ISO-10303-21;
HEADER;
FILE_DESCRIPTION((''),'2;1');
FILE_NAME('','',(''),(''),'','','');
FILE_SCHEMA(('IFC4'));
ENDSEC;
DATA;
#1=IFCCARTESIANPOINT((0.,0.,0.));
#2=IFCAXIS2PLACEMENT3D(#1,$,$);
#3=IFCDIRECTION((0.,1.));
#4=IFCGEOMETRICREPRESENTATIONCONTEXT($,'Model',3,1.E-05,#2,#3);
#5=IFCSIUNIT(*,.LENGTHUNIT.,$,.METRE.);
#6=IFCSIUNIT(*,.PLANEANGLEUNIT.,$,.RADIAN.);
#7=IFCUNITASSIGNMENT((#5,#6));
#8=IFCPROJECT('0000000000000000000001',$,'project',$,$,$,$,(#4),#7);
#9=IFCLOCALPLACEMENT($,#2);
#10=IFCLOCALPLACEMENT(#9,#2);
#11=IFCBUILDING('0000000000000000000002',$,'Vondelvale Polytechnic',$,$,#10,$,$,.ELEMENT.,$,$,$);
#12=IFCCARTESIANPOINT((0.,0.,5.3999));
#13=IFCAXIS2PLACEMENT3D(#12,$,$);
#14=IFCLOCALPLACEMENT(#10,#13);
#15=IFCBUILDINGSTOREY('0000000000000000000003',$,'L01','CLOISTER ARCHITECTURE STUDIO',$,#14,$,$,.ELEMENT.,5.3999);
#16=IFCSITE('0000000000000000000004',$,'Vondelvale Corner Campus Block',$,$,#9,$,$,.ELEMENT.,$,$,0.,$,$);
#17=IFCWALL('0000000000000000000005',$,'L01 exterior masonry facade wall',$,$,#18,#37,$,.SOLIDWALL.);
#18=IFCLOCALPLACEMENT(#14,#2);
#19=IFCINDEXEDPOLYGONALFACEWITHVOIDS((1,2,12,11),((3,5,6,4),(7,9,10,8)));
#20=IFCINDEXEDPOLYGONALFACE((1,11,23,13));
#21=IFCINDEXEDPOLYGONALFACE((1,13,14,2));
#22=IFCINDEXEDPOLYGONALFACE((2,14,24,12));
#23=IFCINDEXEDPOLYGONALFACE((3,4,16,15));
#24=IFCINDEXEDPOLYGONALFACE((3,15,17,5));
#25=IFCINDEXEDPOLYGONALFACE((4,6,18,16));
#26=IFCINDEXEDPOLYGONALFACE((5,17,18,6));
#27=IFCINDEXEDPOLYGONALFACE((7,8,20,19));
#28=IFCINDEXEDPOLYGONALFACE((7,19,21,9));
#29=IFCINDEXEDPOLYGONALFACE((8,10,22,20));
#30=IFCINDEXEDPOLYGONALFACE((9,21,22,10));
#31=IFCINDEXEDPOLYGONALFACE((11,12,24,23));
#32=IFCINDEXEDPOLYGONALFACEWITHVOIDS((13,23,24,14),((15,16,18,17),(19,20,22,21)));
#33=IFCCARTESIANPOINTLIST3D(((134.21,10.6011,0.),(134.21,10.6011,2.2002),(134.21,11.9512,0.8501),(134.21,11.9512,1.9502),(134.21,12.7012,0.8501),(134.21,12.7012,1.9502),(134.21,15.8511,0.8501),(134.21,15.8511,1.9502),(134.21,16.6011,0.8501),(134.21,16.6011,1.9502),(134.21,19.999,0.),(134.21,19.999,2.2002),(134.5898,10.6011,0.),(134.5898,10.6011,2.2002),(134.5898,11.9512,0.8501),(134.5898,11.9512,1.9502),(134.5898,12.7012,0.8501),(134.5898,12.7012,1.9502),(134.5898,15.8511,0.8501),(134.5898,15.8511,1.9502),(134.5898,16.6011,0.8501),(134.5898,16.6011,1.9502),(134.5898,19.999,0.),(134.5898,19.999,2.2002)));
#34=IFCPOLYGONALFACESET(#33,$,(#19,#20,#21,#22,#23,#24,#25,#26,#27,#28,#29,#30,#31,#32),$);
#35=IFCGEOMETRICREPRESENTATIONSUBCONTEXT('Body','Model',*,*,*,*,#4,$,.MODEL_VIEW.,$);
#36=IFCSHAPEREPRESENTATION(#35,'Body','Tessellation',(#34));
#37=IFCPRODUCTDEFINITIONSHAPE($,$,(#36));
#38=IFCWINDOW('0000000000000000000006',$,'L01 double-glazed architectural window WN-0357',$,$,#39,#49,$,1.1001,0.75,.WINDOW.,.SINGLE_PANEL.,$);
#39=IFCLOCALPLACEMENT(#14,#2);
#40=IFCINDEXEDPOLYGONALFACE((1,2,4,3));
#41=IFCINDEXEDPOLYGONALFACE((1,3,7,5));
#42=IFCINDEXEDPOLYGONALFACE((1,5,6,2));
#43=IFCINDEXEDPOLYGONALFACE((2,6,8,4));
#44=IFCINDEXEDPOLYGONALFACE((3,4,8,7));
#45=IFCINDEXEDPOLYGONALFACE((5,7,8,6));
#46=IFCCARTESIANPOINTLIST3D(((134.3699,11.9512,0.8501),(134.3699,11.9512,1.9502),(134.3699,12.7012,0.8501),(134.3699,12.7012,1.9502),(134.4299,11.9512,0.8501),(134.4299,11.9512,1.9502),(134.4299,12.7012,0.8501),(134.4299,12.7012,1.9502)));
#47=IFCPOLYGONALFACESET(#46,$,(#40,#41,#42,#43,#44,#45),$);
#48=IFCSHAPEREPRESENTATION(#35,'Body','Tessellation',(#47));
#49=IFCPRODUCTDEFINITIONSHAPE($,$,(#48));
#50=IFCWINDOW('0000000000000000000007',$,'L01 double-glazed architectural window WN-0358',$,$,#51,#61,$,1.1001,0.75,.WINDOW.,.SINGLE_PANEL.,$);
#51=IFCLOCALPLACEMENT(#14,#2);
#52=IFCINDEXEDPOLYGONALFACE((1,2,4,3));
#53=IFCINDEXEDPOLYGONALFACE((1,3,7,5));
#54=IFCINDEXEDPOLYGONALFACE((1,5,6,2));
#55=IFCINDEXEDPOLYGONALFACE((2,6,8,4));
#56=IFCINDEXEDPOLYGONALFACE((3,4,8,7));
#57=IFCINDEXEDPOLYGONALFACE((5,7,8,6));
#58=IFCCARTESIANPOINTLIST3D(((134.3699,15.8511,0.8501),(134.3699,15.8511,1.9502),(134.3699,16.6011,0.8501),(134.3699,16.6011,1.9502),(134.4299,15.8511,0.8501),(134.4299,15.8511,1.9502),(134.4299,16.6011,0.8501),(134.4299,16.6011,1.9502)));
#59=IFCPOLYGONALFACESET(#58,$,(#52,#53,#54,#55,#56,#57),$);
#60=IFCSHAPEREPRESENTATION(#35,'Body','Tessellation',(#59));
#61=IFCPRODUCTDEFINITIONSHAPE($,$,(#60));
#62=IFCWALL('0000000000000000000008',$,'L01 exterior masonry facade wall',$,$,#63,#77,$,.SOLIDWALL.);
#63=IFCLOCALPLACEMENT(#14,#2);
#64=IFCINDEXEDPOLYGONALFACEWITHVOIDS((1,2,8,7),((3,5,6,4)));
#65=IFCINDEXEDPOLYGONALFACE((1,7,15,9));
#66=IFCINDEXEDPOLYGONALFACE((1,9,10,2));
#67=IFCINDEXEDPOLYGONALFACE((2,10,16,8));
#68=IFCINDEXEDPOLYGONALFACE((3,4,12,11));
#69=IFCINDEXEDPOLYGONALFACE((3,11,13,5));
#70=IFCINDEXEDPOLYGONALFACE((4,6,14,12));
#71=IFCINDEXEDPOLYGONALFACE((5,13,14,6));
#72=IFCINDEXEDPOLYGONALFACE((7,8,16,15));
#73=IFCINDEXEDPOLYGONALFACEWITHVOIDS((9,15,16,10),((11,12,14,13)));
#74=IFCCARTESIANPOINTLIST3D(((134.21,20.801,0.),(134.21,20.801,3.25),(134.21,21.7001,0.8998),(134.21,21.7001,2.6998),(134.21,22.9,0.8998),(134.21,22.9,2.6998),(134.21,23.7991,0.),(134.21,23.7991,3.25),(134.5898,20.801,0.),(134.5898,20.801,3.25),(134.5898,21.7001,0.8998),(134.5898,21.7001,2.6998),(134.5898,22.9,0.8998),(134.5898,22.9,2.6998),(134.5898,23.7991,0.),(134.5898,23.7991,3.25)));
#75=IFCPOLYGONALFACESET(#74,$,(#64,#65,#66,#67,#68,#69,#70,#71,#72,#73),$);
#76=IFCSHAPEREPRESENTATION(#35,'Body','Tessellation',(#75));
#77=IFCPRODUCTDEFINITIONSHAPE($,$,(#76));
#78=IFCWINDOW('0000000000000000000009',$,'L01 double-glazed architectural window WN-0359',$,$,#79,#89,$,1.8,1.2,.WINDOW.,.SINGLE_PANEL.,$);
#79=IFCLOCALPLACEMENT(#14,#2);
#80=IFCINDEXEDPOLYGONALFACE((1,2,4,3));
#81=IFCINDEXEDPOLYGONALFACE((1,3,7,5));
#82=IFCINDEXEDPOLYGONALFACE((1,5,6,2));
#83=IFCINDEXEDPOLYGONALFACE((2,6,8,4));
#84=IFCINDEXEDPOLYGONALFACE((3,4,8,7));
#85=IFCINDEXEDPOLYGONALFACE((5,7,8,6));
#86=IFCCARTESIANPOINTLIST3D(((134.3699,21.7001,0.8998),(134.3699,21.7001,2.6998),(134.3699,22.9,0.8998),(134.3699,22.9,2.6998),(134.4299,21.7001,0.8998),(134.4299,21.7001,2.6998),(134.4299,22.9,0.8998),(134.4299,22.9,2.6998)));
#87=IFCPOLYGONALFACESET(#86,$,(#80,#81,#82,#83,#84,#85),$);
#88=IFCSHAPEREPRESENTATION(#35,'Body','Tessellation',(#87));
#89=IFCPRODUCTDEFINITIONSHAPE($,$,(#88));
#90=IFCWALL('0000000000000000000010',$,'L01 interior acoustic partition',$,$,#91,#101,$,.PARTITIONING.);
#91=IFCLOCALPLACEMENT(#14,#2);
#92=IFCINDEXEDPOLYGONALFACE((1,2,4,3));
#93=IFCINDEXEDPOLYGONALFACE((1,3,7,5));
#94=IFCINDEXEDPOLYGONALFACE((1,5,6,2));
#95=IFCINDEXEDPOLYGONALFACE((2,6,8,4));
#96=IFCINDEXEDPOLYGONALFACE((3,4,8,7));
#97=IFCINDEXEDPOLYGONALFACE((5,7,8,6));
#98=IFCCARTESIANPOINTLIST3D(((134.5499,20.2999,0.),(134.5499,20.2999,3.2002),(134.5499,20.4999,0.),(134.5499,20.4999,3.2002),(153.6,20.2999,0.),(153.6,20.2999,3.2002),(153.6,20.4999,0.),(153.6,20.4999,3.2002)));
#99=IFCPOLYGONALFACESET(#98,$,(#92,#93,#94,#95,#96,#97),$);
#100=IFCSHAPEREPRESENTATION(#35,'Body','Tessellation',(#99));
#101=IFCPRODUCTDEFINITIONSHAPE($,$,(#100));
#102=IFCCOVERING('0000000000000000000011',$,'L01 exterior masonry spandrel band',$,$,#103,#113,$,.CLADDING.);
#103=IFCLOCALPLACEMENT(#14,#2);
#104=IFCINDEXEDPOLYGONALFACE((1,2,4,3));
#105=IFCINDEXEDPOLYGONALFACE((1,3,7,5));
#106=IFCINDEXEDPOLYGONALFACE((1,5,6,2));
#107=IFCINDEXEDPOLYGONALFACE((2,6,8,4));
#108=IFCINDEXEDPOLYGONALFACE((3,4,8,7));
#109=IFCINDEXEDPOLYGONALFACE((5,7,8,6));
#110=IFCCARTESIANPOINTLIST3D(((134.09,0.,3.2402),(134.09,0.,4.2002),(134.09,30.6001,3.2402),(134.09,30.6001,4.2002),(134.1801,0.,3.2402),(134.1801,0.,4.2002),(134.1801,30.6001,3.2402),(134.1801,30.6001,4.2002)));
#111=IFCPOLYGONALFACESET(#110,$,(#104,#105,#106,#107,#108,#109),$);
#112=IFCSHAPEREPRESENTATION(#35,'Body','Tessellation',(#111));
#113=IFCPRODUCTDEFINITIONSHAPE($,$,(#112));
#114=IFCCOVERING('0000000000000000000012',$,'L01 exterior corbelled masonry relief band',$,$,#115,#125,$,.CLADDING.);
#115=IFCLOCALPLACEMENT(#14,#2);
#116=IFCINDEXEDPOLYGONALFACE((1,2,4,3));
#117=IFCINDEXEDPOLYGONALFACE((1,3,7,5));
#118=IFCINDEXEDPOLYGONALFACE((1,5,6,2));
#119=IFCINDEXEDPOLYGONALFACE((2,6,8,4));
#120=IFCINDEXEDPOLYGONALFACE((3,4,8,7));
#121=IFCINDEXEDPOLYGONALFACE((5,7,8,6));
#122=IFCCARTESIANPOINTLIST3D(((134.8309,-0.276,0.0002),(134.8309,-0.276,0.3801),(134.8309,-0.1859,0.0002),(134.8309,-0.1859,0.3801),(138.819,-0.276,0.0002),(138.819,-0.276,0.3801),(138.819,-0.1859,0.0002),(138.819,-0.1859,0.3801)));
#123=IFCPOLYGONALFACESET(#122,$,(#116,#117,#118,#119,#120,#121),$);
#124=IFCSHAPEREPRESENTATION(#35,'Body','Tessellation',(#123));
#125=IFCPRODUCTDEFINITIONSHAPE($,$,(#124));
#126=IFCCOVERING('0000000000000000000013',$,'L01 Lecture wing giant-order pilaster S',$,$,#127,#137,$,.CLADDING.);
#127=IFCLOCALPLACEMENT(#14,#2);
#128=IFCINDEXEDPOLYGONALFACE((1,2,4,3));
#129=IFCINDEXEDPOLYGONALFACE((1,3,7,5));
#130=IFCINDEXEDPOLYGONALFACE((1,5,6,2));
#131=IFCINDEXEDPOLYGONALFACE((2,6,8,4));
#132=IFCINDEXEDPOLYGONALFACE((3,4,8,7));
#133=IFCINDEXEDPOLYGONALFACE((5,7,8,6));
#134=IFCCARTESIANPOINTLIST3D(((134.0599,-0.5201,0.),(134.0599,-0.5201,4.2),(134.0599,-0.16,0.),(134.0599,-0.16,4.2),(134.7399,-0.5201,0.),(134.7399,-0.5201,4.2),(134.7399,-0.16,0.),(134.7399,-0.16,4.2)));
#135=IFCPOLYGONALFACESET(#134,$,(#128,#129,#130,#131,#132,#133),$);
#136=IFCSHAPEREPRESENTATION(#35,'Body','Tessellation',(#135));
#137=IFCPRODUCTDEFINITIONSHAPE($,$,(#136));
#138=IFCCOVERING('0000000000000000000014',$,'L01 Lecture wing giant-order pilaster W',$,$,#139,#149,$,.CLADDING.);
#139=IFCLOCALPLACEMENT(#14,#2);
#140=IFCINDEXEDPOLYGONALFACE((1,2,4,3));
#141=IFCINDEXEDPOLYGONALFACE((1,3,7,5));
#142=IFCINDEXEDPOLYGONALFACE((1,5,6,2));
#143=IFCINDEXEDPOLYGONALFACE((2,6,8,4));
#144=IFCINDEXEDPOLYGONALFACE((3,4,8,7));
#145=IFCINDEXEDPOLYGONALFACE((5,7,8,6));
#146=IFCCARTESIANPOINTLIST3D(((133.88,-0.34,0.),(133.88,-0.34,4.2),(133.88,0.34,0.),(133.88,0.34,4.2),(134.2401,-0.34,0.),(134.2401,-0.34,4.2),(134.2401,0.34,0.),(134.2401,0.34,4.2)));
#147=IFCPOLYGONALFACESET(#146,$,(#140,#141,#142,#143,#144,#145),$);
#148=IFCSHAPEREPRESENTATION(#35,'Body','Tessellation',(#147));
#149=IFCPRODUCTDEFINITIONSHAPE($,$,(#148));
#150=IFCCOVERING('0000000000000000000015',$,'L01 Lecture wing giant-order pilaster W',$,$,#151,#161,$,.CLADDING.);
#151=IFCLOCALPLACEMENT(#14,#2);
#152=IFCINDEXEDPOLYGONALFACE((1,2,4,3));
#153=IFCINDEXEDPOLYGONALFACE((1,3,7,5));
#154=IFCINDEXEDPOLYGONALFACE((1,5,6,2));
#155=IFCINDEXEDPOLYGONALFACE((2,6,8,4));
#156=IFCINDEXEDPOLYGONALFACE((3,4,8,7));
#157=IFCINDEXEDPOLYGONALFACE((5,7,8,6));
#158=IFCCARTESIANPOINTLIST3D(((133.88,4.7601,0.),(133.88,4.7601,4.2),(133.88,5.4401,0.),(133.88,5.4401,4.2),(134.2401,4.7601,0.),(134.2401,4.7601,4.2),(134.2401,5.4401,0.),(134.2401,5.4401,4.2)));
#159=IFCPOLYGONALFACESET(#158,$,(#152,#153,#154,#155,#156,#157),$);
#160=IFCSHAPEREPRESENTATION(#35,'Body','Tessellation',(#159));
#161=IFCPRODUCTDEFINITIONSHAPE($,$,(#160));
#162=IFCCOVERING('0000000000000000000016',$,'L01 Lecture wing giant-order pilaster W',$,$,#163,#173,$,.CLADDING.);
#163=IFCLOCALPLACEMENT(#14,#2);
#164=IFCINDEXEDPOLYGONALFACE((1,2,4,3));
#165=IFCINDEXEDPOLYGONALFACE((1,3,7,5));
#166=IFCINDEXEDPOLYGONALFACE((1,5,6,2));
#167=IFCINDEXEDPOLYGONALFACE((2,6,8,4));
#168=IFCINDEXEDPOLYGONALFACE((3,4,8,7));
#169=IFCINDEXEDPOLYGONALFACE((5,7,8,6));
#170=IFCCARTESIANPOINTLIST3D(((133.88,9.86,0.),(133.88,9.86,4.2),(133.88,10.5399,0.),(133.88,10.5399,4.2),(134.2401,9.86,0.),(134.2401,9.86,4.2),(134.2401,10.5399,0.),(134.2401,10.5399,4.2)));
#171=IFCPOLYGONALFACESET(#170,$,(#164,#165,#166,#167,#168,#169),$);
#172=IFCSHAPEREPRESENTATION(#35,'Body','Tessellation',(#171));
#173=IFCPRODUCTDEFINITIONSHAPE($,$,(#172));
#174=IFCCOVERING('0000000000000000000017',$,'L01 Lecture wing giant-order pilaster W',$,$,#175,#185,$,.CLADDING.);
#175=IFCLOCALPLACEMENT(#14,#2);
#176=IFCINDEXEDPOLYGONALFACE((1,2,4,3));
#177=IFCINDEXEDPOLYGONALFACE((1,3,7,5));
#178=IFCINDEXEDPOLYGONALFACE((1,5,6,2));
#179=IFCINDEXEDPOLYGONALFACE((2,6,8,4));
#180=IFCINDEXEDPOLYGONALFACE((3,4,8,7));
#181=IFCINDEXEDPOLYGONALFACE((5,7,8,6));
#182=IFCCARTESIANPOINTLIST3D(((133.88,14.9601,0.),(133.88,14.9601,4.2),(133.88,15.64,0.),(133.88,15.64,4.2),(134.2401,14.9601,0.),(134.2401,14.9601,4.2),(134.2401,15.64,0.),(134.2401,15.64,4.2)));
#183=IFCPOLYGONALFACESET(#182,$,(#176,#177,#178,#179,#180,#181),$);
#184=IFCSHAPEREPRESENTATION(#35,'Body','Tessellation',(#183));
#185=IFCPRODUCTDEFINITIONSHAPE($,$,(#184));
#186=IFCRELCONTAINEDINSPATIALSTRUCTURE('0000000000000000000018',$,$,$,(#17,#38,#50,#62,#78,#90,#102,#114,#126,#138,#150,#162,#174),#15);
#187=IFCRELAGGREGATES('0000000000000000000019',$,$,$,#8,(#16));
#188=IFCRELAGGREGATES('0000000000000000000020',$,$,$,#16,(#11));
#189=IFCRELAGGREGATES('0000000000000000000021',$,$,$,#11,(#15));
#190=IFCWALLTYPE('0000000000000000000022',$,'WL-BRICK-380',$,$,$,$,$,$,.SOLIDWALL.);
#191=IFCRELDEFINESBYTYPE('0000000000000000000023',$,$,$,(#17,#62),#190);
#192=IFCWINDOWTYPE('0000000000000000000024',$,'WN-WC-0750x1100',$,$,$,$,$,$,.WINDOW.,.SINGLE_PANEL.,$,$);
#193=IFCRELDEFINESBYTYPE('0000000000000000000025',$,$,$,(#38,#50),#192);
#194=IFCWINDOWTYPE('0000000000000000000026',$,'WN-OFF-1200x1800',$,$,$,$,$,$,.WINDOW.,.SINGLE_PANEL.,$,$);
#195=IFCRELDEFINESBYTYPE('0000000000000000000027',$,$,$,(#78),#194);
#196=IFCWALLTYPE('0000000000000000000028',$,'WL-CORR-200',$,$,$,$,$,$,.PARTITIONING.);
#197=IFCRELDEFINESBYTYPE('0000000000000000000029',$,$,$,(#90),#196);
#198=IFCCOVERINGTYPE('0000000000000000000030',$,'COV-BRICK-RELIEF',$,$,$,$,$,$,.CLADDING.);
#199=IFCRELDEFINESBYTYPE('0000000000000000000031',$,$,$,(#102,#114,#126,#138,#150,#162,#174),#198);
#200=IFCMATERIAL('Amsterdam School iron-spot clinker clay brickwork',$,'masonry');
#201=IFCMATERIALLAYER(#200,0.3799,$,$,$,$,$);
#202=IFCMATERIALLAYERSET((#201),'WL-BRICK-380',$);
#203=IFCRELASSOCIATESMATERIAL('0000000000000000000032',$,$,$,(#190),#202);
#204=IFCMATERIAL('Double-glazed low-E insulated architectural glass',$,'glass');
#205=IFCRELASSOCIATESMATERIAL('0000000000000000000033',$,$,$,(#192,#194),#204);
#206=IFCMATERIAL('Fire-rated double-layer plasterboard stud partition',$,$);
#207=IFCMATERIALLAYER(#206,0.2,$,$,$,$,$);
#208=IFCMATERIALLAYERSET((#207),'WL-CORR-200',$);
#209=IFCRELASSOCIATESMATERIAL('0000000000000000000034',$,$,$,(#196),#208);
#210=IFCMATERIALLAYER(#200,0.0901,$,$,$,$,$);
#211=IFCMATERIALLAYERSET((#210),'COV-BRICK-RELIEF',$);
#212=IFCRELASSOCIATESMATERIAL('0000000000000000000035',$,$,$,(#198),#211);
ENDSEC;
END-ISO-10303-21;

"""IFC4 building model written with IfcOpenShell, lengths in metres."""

from ifc_helpers import new_model, si_unit, direction, frame, frame_2d, origin, origin_2d, place, context, subcontext, project, spatial, rectangle, extrude, material, layer, layer_set, type_object, element, fill, save


model = new_model("IFC4")

# Units and contexts
model_context = context("Model", 3, precision=1e-05, world=origin(), true_north=direction((0.0, 1.0)))
body_context = subcontext(model_context, "Body", "Model", "MODEL_VIEW")
ifc_project = project(units=[si_unit("LENGTHUNIT", "METRE"), si_unit("PLANEANGLEUNIT", "RADIAN")], contexts=[model_context])

# Site, building, storey
site_placement = place(None, origin())
site = spatial("IfcSite", under=ifc_project, at=site_placement, Name="Vondelvale Corner Campus Block", CompositionType="ELEMENT", RefElevation=0.0)
building_placement = place(site_placement, origin())
building = spatial("IfcBuilding", under=site, at=building_placement, Name="Vondelvale Polytechnic", CompositionType="ELEMENT")
storey_placement = place(building_placement, frame((0.0, 0.0, 5.3999)))
storey = spatial("IfcBuildingStorey", under=building, at=storey_placement, Name="L01", Description="CLOISTER ARCHITECTURE STUDIO", CompositionType="ELEMENT", Elevation=5.3999)

# Wall, openings, windows
ifc_material_1 = material(Name="Amsterdam School iron-spot clinker clay brickwork", Category="masonry")
ifc_layer_1 = layer(ifc_material_1, 0.3799)
ifc_layer_set_1 = layer_set([ifc_layer_1], Name="WL-BRICK-380")
wall_type_1 = type_object("IfcWallType", Name="WL-BRICK-380", PredefinedType="SOLIDWALL", material=ifc_layer_set_1)
ifc_material_2 = material(Name="Double-glazed low-E insulated architectural glass", Category="glass")
window_type_1 = type_object("IfcWindowType", Name="WN-WC-0750x1100", PartitioningType="SINGLE_PANEL", PredefinedType="WINDOW", material=ifc_material_2)
wall_1_placement = place(storey_placement, frame((134.3999, 10.6011, 0.0), z_axis=(0.0, 0.0, 1.0), x_axis=(0.0, 1.0, 0.0)))
wall_1 = element("IfcWall", 1, at=wall_1_placement, inside=storey, type_object=wall_type_1, Name="L01 exterior masonry facade wall", PredefinedType="SOLIDWALL", context=body_context, shape_type="SweptSolid", body=[
    extrude(rectangle(XDim=9.3979, YDim=0.3799, at=frame_2d((4.699, 0.0))), origin(), (0.0, 0.0, 1.0), 2.2002),
])
opening_1_placement = place(wall_1_placement, frame((1.3501, 0.0, 0.8501)))
opening_1 = element("IfcOpeningElement", 2, at=opening_1_placement, cuts=wall_1, PredefinedType="OPENING", context=body_context, shape_type="SweptSolid", body=[
    extrude(rectangle(XDim=0.75, YDim=1.1001, at=frame_2d((0.375, 0.55))), frame((0.0, 0.2, 0.0), z_axis=(0.0, -1.0, 0.0), x_axis=(1.0, 0.0, 0.0)), (0.0, 0.0, 1.0), 0.3999),
])
opening_2_placement = place(wall_1_placement, frame((5.25, 0.0, 0.8501)))
opening_2 = element("IfcOpeningElement", 3, at=opening_2_placement, cuts=wall_1, PredefinedType="OPENING", context=body_context, shape_type="SweptSolid", body=[
    extrude(rectangle(XDim=0.75, YDim=1.1001, at=frame_2d((0.375, 0.55))), frame((0.0, 0.2, 0.0), z_axis=(0.0, -1.0, 0.0), x_axis=(1.0, 0.0, 0.0)), (0.0, 0.0, 1.0), 0.3999),
])
window_1_placement = place(opening_1_placement, origin())
window_1 = element("IfcWindow", 4, at=window_1_placement, inside=storey, type_object=window_type_1, Name="L01 double-glazed architectural window WN-0357", OverallHeight=1.1001, OverallWidth=0.75, PartitioningType="SINGLE_PANEL", PredefinedType="WINDOW", context=body_context, shape_type="SweptSolid", body=[
    extrude(rectangle(XDim=0.75, YDim=1.1001, at=frame_2d((0.375, 0.55))), frame((0.0, 0.03, 0.0), z_axis=(0.0, -1.0, 0.0), x_axis=(1.0, 0.0, 0.0)), (0.0, 0.0, 1.0), 0.0601),
])
fill(opening_1, window_1)
window_2_placement = place(opening_2_placement, origin())
window_2 = element("IfcWindow", 5, at=window_2_placement, inside=storey, type_object=window_type_1, Name="L01 double-glazed architectural window WN-0358", OverallHeight=1.1001, OverallWidth=0.75, PartitioningType="SINGLE_PANEL", PredefinedType="WINDOW", context=body_context, shape_type="SweptSolid", body=[
    extrude(rectangle(XDim=0.75, YDim=1.1001, at=frame_2d((0.375, 0.55))), frame((0.0, 0.03, 0.0), z_axis=(0.0, -1.0, 0.0), x_axis=(1.0, 0.0, 0.0)), (0.0, 0.0, 1.0), 0.0601),
])
fill(opening_2, window_2)

# Wall, opening, window
wall_2_placement = place(storey_placement, frame((134.3999, 20.801, 0.0), z_axis=(0.0, 0.0, 1.0), x_axis=(0.0, 1.0, 0.0)))
wall_2 = element("IfcWall", 6, at=wall_2_placement, inside=storey, type_object=wall_type_1, Name="L01 exterior masonry facade wall", PredefinedType="SOLIDWALL", context=body_context, shape_type="SweptSolid", body=[
    extrude(rectangle(XDim=2.998, YDim=0.3799, at=frame_2d((1.499, 0.0))), origin(), (0.0, 0.0, 1.0), 3.25),
])
opening_3_placement = place(wall_2_placement, frame((0.8989, 0.0, 0.8999)))
opening_3 = element("IfcOpeningElement", 7, at=opening_3_placement, cuts=wall_2, PredefinedType="OPENING", context=body_context, shape_type="SweptSolid", body=[
    extrude(rectangle(XDim=1.2, YDim=1.8, at=frame_2d((0.6001, 0.8999))), frame((0.0, 0.2, 0.0), z_axis=(0.0, -1.0, 0.0), x_axis=(1.0, 0.0, 0.0)), (0.0, 0.0, 1.0), 0.3999),
])
window_type_2 = type_object("IfcWindowType", Name="WN-OFF-1200x1800", PartitioningType="SINGLE_PANEL", PredefinedType="WINDOW", material=ifc_material_2)
window_3_placement = place(opening_3_placement, origin())
window_3 = element("IfcWindow", 8, at=window_3_placement, inside=storey, type_object=window_type_2, Name="L01 double-glazed architectural window WN-0359", OverallHeight=1.8, OverallWidth=1.2, PartitioningType="SINGLE_PANEL", PredefinedType="WINDOW", context=body_context, shape_type="SweptSolid", body=[
    extrude(rectangle(XDim=1.2, YDim=1.8, at=frame_2d((0.6001, 0.8999))), frame((0.0, 0.03, 0.0), z_axis=(0.0, -1.0, 0.0), x_axis=(1.0, 0.0, 0.0)), (0.0, 0.0, 1.0), 0.0601),
])
fill(opening_3, window_3)

# Wall
ifc_material_3 = material(Name="Fire-rated double-layer plasterboard stud partition")
ifc_layer_2 = layer(ifc_material_3, 0.2)
ifc_layer_set_2 = layer_set([ifc_layer_2], Name="WL-CORR-200")
wall_type_2 = type_object("IfcWallType", Name="WL-CORR-200", PredefinedType="PARTITIONING", material=ifc_layer_set_2)
wall_3_placement = place(storey_placement, frame((134.55, 20.3999, 0.0), z_axis=(0.0, 0.0, 1.0), x_axis=(1.0, 0.0, 0.0)))
element("IfcWall", 9, at=wall_3_placement, inside=storey, type_object=wall_type_2, Name="L01 interior acoustic partition", PredefinedType="PARTITIONING", context=body_context, shape_type="SweptSolid", body=[
    extrude(rectangle(XDim=19.05, YDim=0.2, at=frame_2d((9.5249, 0.0))), origin(), (0.0, 0.0, 1.0), 3.2002),
])

# Coverings
ifc_layer_3 = layer(ifc_material_1, 0.0901)
ifc_layer_set_3 = layer_set([ifc_layer_3], Name="COV-BRICK-RELIEF")
covering_type = type_object("IfcCoveringType", Name="COV-BRICK-RELIEF", PredefinedType="CLADDING", material=ifc_layer_set_3)
covering_1_placement = place(storey_placement, frame((134.135, 15.3, 3.2402), z_axis=(0.0, 0.0, 1.0), x_axis=(0.0, 1.0, 0.0)))
element("IfcCovering", 10, at=covering_1_placement, inside=storey, type_object=covering_type, Name="L01 exterior masonry spandrel band", PredefinedType="CLADDING", context=body_context, shape_type="SweptSolid", body=[
    extrude(rectangle(XDim=30.6001, YDim=0.0901, at=origin_2d()), origin(), (0.0, 0.0, 1.0), 0.96),
])
covering_2_placement = place(storey_placement, frame((136.825, -0.231, 0.0002), z_axis=(0.0, 0.0, 1.0), x_axis=(-1.0, 0.0, 0.0)))
element("IfcCovering", 11, at=covering_2_placement, inside=storey, type_object=covering_type, Name="L01 exterior corbelled masonry relief band", PredefinedType="CLADDING", context=body_context, shape_type="SweptSolid", body=[
    extrude(rectangle(XDim=3.988, YDim=0.0901, at=origin_2d()), origin(), (0.0, 0.0, 1.0), 0.3799),
])
covering_3_placement = place(storey_placement, frame((134.3999, -0.3401, 0.0), z_axis=(0.0, 0.0, 1.0), x_axis=(1.0, 0.0, 0.0)))
element("IfcCovering", 12, at=covering_3_placement, inside=storey, type_object=covering_type, Name="L01 Lecture wing giant-order pilaster S", PredefinedType="CLADDING", context=body_context, shape_type="SweptSolid", body=[
    extrude(rectangle(XDim=0.6799, YDim=0.3601, at=origin_2d()), origin(), (0.0, 0.0, 1.0), 4.2),
])
for number, where, z_axis, x_axis, name in (
    (13, (134.0601, 0.0, 0.0), (0.0, 0.0, 1.0), (1.0, 0.0, 0.0), "L01 Lecture wing giant-order pilaster W"),
    (14, (134.0601, 5.1001, 0.0), (0.0, 0.0, 1.0), (1.0, 0.0, 0.0), "L01 Lecture wing giant-order pilaster W"),
    (15, (134.0601, 10.2, 0.0), (0.0, 0.0, 1.0), (1.0, 0.0, 0.0), "L01 Lecture wing giant-order pilaster W"),
    (16, (134.0601, 15.3, 0.0), (0.0, 0.0, 1.0), (1.0, 0.0, 0.0), "L01 Lecture wing giant-order pilaster W"),
):
    element("IfcCovering", number, at=place(storey_placement, frame(where, z_axis=z_axis, x_axis=x_axis)), inside=storey, type_object=covering_type, Name=name, PredefinedType="CLADDING", context=body_context, shape_type="SweptSolid", body=[
        extrude(rectangle(XDim=0.3601, YDim=0.6799, at=origin_2d()), origin(), (0.0, 0.0, 1.0), 4.2),
    ])

save(model, "model.ifc")
